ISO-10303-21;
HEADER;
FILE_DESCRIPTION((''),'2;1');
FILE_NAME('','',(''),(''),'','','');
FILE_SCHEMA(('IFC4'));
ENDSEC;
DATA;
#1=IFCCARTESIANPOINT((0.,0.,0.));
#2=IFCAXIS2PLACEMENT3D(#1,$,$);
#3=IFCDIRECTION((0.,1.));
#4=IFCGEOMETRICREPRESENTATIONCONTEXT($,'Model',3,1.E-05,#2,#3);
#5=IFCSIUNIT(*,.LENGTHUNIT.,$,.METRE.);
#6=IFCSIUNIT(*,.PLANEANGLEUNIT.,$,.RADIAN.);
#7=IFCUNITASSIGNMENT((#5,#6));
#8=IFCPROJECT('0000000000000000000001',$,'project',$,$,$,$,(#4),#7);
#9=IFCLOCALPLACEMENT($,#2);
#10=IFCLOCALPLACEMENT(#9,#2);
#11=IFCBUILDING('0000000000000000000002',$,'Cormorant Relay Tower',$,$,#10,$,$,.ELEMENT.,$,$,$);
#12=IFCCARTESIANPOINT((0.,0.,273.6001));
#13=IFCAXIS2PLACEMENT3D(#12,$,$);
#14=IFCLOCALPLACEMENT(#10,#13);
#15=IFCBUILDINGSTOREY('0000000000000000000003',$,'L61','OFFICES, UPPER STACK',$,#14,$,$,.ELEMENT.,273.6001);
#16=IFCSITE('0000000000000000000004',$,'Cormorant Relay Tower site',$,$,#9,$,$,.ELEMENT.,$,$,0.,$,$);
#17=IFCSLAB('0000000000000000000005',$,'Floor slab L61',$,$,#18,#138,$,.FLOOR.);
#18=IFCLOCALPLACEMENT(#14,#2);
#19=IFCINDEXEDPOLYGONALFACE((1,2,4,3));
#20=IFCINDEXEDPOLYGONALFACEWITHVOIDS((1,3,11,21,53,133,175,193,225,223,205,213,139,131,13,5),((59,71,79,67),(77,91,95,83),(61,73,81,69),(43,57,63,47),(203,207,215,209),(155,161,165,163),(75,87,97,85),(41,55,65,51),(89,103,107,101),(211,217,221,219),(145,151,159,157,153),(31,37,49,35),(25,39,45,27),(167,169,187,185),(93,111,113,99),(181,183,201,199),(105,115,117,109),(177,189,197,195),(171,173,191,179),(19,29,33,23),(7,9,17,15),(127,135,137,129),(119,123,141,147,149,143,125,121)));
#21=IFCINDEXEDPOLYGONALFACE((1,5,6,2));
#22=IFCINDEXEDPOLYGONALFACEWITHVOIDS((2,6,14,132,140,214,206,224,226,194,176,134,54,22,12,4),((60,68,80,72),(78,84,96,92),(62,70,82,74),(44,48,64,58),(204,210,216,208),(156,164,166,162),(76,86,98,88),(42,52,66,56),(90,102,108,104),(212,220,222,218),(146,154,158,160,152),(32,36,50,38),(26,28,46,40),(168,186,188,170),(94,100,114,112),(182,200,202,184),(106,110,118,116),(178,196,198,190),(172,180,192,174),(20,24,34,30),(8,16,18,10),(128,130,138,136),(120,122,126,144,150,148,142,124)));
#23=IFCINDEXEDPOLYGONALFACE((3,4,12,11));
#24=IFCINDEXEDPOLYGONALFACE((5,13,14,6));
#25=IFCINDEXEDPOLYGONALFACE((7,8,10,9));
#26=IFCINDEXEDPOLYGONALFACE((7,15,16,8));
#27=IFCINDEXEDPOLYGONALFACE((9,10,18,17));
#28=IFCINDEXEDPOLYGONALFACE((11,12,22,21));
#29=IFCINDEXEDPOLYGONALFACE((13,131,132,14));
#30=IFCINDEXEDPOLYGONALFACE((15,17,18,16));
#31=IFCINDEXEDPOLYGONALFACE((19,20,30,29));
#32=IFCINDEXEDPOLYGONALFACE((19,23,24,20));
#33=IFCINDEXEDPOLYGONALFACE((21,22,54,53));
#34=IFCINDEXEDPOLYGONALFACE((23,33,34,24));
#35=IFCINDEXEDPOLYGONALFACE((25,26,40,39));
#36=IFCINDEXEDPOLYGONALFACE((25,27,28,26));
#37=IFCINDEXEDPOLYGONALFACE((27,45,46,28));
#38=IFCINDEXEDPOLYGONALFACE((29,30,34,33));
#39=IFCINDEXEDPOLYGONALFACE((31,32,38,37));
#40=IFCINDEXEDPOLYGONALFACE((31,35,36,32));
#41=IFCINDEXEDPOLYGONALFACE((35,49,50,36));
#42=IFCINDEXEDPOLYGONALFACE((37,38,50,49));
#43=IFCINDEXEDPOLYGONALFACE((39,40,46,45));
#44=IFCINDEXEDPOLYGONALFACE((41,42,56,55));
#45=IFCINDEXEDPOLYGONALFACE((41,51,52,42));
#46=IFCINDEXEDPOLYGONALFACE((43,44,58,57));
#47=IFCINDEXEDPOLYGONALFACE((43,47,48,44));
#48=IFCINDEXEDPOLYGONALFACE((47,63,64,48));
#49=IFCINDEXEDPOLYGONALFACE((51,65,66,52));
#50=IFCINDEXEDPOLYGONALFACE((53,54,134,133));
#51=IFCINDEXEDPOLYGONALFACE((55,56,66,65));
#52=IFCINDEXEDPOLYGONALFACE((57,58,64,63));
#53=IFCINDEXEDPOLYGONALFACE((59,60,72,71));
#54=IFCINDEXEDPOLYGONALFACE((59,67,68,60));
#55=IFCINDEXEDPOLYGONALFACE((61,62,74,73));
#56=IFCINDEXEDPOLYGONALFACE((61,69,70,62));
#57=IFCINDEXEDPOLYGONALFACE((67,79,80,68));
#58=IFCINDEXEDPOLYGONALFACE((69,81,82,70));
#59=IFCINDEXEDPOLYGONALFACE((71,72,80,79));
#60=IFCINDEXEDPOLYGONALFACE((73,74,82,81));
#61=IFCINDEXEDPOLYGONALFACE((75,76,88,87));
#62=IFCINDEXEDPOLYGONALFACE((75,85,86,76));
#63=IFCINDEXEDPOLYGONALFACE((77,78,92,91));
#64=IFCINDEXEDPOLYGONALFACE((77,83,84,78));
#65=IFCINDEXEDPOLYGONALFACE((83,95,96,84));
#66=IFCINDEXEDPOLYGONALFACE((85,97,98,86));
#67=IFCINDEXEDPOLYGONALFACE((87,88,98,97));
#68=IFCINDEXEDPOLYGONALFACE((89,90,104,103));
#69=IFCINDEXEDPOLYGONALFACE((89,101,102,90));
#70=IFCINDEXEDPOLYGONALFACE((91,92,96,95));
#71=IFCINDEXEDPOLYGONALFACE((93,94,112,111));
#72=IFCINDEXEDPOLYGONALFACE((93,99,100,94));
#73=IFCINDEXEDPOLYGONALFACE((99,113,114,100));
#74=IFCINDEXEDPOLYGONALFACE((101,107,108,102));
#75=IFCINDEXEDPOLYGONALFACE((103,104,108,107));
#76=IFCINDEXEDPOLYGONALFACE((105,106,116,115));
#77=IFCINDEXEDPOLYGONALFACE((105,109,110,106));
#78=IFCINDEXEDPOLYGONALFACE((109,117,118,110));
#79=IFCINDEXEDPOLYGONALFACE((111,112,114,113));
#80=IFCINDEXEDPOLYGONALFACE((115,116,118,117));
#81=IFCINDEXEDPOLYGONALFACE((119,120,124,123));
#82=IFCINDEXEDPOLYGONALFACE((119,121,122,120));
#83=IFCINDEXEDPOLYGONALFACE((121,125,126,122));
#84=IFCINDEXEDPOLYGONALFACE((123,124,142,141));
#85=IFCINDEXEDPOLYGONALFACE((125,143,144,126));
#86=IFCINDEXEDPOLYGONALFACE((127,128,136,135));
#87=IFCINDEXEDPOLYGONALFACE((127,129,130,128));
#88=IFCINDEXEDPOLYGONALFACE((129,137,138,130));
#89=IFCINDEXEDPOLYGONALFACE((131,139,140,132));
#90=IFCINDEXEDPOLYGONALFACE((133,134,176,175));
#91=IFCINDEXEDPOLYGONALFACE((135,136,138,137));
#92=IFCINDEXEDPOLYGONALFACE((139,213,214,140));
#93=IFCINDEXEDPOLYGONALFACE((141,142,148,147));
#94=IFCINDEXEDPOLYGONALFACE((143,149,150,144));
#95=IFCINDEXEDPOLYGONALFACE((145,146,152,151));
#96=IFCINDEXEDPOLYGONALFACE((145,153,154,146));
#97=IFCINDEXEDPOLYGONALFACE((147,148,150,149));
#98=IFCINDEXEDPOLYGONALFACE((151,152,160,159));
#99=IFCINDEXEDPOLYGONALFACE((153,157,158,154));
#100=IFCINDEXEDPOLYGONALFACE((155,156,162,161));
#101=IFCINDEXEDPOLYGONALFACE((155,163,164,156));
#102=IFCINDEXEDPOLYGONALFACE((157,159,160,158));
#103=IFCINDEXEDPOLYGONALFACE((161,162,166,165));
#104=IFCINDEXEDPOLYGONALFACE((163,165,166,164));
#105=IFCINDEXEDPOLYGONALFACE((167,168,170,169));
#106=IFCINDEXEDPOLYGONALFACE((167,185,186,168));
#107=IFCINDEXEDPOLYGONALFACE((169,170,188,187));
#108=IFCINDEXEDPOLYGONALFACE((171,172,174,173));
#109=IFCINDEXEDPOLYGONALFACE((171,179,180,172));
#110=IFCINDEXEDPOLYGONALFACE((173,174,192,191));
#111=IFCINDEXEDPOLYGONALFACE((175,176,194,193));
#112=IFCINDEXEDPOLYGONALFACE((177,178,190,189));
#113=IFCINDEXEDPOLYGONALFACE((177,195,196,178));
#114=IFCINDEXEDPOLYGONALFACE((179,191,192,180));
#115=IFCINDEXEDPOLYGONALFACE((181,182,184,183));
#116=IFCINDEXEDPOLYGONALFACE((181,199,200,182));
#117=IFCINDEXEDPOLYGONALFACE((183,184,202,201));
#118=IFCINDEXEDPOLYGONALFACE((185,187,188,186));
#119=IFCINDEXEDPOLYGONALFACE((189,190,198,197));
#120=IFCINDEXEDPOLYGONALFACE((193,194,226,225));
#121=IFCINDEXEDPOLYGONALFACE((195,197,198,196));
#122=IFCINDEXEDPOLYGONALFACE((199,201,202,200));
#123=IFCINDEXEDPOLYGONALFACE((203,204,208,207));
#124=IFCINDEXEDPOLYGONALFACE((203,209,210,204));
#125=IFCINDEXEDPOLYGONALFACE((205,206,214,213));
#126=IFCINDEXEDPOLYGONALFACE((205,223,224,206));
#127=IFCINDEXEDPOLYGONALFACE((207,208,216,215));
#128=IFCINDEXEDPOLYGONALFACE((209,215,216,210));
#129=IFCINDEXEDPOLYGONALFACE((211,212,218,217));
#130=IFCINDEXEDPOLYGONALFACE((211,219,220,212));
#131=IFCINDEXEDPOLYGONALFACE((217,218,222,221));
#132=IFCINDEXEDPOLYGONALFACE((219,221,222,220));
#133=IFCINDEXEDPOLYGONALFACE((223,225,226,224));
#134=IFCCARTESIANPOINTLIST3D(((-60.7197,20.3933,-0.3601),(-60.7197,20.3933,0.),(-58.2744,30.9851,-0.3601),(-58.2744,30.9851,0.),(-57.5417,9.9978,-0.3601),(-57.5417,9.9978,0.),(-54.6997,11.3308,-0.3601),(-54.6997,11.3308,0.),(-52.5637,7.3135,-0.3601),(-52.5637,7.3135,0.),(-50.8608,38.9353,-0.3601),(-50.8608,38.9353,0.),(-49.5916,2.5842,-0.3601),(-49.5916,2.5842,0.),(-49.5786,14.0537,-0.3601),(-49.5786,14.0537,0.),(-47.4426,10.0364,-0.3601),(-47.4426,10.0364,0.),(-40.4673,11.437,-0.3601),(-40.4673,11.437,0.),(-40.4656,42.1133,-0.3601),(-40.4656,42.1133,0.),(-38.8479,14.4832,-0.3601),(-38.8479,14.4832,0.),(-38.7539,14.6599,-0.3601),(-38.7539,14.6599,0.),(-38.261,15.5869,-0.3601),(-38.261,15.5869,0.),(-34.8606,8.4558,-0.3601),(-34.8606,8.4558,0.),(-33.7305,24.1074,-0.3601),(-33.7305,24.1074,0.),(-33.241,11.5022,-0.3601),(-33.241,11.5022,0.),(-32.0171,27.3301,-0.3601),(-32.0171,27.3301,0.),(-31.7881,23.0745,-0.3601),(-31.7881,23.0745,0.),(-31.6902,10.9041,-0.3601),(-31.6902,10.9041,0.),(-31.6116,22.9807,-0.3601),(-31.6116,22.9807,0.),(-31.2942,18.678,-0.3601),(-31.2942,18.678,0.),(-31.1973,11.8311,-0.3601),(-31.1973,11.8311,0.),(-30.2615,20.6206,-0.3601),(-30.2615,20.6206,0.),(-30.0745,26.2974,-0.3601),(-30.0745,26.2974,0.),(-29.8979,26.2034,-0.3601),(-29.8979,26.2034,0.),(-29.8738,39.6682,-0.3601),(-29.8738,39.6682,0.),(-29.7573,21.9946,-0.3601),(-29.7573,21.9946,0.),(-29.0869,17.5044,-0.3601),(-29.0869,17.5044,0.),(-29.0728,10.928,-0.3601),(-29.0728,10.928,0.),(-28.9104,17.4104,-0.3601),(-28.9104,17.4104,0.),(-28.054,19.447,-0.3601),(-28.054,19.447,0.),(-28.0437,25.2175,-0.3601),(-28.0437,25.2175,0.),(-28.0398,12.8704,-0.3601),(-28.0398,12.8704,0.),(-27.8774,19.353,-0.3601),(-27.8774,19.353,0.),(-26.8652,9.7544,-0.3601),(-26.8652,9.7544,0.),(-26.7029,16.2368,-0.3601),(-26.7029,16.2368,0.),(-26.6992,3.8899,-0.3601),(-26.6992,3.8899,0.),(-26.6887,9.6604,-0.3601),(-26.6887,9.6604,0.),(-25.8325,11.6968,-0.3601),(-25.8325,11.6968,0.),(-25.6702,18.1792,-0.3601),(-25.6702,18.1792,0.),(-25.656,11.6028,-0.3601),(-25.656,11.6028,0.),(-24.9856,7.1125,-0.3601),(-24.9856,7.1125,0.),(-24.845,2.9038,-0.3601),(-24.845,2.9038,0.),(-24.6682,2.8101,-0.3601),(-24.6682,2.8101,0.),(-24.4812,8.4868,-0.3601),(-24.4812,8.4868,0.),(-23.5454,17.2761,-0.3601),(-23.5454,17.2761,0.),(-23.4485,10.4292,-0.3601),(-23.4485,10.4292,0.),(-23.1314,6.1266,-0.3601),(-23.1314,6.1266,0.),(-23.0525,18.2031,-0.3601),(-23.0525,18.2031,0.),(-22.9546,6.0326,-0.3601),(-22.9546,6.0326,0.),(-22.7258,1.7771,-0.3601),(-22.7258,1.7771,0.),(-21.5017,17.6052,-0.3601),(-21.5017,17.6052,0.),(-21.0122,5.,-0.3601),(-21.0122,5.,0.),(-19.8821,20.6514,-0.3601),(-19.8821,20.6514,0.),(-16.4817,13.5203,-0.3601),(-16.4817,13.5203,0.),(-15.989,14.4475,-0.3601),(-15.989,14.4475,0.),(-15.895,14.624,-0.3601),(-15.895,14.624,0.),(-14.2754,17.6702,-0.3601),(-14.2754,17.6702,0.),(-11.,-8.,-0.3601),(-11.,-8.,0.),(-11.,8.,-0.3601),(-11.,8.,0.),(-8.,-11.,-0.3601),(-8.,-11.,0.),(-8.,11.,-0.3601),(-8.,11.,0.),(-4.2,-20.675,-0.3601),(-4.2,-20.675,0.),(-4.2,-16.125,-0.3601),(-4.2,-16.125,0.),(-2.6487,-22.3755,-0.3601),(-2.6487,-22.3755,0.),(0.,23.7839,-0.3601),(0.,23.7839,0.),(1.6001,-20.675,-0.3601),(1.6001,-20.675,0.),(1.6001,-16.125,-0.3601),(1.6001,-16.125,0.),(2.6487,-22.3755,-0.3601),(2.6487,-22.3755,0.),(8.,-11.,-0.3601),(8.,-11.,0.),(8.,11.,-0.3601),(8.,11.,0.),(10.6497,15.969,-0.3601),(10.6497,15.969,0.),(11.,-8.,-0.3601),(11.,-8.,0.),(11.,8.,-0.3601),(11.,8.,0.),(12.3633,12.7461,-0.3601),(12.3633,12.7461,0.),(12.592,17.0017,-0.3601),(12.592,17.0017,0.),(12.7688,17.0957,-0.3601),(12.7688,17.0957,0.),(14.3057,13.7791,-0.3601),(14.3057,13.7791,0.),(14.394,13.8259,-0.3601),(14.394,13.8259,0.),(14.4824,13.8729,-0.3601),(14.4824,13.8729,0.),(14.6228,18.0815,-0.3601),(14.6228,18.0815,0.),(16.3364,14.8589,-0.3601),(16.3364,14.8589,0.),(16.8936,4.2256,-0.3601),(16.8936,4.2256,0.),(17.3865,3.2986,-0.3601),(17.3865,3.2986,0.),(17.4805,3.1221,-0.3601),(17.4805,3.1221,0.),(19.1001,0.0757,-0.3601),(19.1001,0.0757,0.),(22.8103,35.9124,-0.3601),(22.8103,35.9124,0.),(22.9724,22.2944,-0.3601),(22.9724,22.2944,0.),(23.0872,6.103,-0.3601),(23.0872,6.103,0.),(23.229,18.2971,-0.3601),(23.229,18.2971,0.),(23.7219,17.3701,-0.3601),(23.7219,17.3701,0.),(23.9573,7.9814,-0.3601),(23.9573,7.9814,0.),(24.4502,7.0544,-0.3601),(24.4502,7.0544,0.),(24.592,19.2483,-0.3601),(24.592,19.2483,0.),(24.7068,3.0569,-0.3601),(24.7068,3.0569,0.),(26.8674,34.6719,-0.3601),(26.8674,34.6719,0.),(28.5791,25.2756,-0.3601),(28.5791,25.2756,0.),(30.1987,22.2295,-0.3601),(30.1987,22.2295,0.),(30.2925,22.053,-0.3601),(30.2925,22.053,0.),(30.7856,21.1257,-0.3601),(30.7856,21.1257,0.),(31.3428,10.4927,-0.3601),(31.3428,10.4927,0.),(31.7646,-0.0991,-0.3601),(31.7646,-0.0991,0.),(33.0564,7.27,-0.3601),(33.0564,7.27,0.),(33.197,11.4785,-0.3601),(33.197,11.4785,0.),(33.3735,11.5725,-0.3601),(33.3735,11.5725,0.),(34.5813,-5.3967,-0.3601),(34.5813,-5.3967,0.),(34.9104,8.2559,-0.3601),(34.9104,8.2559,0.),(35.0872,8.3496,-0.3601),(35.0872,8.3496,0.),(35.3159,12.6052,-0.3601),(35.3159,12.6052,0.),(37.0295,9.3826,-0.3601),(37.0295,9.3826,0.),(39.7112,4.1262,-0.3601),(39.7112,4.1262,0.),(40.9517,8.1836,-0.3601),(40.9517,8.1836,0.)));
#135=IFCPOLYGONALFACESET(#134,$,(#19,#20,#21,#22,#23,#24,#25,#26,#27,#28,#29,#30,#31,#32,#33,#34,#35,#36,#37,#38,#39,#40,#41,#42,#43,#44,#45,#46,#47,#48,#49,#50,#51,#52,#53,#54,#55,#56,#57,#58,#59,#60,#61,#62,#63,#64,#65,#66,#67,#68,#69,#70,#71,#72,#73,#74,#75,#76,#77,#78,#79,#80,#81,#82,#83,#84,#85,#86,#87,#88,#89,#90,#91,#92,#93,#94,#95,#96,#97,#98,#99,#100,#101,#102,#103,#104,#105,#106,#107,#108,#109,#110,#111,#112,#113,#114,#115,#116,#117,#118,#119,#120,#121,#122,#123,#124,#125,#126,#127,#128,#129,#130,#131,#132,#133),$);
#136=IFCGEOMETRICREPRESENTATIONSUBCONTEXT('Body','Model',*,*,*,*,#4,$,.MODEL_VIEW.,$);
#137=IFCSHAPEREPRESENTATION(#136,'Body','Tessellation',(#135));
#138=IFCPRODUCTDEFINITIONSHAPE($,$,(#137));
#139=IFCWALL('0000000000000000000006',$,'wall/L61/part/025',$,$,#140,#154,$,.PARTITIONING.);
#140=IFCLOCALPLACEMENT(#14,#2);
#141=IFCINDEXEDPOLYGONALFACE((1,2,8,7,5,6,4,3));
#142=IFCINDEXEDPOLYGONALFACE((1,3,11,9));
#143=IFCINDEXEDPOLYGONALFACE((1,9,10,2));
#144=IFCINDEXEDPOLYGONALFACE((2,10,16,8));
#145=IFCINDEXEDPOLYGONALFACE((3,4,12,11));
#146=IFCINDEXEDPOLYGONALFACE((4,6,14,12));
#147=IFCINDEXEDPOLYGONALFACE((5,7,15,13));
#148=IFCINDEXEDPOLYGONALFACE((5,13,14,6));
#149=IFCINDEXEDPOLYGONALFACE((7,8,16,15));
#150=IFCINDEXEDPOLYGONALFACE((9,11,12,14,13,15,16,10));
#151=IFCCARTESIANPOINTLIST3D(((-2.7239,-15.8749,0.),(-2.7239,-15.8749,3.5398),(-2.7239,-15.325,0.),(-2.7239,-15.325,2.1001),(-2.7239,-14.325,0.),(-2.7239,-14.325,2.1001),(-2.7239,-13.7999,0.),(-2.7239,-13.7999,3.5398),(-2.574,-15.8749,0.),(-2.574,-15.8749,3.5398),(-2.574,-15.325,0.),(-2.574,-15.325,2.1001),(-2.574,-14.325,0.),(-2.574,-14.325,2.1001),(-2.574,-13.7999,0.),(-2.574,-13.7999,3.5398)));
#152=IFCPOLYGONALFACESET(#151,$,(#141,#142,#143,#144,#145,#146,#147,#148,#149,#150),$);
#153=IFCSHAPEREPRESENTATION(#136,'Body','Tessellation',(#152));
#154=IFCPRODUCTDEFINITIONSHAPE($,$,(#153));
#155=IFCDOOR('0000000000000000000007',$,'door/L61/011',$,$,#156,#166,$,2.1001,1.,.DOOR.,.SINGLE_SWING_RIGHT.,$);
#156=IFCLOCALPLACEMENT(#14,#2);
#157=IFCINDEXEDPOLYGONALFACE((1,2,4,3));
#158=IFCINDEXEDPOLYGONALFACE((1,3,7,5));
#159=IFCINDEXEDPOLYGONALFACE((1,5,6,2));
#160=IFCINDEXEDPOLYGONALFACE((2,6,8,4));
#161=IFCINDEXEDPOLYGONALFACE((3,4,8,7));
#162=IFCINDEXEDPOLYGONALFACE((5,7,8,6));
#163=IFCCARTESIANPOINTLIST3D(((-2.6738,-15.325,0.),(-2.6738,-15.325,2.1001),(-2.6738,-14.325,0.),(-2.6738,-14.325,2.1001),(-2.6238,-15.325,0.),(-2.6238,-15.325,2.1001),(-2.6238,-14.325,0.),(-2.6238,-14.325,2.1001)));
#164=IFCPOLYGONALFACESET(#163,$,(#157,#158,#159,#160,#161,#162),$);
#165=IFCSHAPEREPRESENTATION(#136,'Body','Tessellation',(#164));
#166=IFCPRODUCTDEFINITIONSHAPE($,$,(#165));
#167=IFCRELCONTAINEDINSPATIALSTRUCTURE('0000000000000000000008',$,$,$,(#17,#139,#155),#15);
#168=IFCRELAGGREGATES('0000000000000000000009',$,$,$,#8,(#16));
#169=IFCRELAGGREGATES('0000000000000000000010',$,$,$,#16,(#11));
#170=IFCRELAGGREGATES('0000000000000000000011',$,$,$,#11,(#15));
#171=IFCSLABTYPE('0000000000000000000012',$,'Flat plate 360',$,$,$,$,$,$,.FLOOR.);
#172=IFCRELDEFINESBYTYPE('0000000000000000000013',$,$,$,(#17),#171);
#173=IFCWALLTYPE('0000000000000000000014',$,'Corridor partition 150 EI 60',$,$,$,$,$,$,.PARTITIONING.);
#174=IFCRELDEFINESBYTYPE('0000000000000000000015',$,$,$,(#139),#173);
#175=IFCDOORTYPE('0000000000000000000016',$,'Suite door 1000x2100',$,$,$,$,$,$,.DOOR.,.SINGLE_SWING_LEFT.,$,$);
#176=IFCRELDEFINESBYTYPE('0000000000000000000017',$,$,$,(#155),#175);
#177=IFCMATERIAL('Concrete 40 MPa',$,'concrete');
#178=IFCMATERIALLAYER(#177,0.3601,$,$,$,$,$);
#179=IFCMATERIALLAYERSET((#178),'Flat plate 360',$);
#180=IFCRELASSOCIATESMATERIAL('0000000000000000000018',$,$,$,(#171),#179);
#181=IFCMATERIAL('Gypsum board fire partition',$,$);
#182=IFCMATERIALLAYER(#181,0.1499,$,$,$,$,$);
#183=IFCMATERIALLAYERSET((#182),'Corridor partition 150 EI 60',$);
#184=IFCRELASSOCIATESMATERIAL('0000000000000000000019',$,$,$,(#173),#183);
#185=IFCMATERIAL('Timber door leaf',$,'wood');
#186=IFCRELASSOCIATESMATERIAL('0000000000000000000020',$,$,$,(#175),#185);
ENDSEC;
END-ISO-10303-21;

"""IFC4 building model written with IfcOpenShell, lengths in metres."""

from ifc_helpers import new_model, si_unit, direction, frame, frame_2d, origin, place, context, subcontext, project, spatial, polyline, rectangle, outline, extrude, material, layer, layer_set, type_object, element, fill, save


model = new_model("IFC4")

# Units and contexts
model_context = context("Model", 3, precision=1e-05, world=origin(), true_north=direction((0.0, 1.0)))
body_context = subcontext(model_context, "Body", "Model", "MODEL_VIEW")
ifc_project = project(units=[si_unit("LENGTHUNIT", "METRE"), si_unit("PLANEANGLEUNIT", "RADIAN")], contexts=[model_context])

# Site, building, storey
site_placement = place(None, origin())
site = spatial("IfcSite", under=ifc_project, at=site_placement, Name="Cormorant Relay Tower site", CompositionType="ELEMENT", RefElevation=0.0)
building_placement = place(site_placement, origin())
building = spatial("IfcBuilding", under=site, at=building_placement, Name="Cormorant Relay Tower", CompositionType="ELEMENT")
storey_placement = place(building_placement, frame((0.0, 0.0, 273.6001)))
storey = spatial("IfcBuildingStorey", under=building, at=storey_placement, Name="L61", Description="OFFICES, UPPER STACK", CompositionType="ELEMENT", Elevation=273.6001)

# Slab
ifc_material_1 = material(Name="Concrete 40 MPa", Category="concrete")
ifc_layer_1 = layer(ifc_material_1, 0.3601)
ifc_layer_set_1 = layer_set([ifc_layer_1], Name="Flat plate 360")
slab_type_1 = type_object("IfcSlabType", Name="Flat plate 360", PredefinedType="FLOOR", material=ifc_layer_set_1)
slab_1_placement = place(storey_placement, frame((0.0, 0.0, -0.3601)))
element("IfcSlab", 1, at=slab_1_placement, inside=storey, type_object=slab_type_1, Name="Floor slab L61", PredefinedType="FLOOR", context=body_context, shape_type="SweptSolid", body=[
    extrude(outline(polyline([(-60.7197, 20.3933), (-58.2744, 30.9851), (-50.8608, 38.9353), (-40.4656, 42.1133), (-29.8738, 39.6682), (0.0, 23.7839), (22.8103, 35.9124), (26.8674, 34.6719), (40.9517, 8.1836), (39.7112, 4.1262), (31.7646, -0.0991), (34.5813, -5.3967), (2.6487, -22.3755), (-2.6487, -22.3755), (-49.5916, 2.5842), (-57.5417, 9.9978), (-60.7197, 20.3933)]), holes=[polyline([(11.0, -8.0), (11.0, 8.0), (8.0, 11.0), (-8.0, 11.0), (-11.0, 8.0), (-11.0, -8.0), (-8.0, -11.0), (8.0, -11.0), (11.0, -8.0)]), polyline([(-22.9546, 6.0327), (-24.6682, 2.8101), (-22.7258, 1.7771), (-21.0122, 5.0), (-23.043, 6.0796), (-22.9546, 6.0327)]), polyline([(-24.9856, 7.1125), (-26.6992, 3.8899), (-24.845, 2.9038), (-23.1313, 6.1267), (-23.043, 6.0796), (-24.9856, 7.1125)]), polyline([(-26.6887, 9.6604), (-24.4812, 8.4868), (-23.4485, 10.4292), (-25.656, 11.6028), (-26.6887, 9.6604)]), polyline([(-49.5786, 14.0537), (-54.6997, 11.3308), (-52.5637, 7.3135), (-47.4426, 10.0364), (-49.5786, 14.0537)]), polyline([(-28.0398, 12.8704), (-29.0728, 10.928), (-26.8652, 9.7544), (-25.8325, 11.6968), (-28.0398, 12.8704)]), polyline([(-38.8479, 14.4832), (-40.4673, 11.437), (-34.8606, 8.4558), (-33.241, 11.5022), (-38.8479, 14.4832)]), polyline([(-38.261, 15.5869), (-38.7539, 14.6599), (-31.6902, 10.9041), (-31.1973, 11.8311), (-38.261, 15.5869)]), polyline([(-25.6702, 18.1792), (-27.8774, 19.353), (-28.9104, 17.4104), (-26.7029, 16.2368), (-25.6702, 18.1792)]), polyline([(-30.2615, 20.6206), (-31.2942, 18.678), (-29.0869, 17.5044), (-28.054, 19.447), (-30.2615, 20.6206)]), polyline([(-31.6116, 22.9807), (-29.7573, 21.9946), (-28.0437, 25.2175), (-29.8979, 26.2034), (-31.6116, 22.9807)]), polyline([(-32.0171, 27.3301), (-33.7305, 24.1074), (-31.7881, 23.0745), (-30.0745, 26.2974), (-32.0171, 27.3301)]), polyline([(-4.2, -16.125), (-4.2, -20.675), (1.6001, -20.675), (1.6001, -16.125), (-4.2, -16.125)]), polyline([(17.4805, 3.1221), (19.1001, 0.0757), (24.7068, 3.0569), (23.0872, 6.103), (17.4805, 3.1221)]), polyline([(17.3865, 3.2986), (24.4502, 7.0544), (23.9573, 7.9814), (16.8936, 4.2256), (17.3865, 3.2986)]), polyline([(33.197, 11.4785), (31.3428, 10.4927), (33.0564, 7.27), (34.9104, 8.2559), (33.197, 11.4785)]), polyline([(33.3735, 11.5725), (35.0872, 8.3496), (37.0295, 9.3826), (35.3159, 12.6052), (33.3735, 11.5725)]), polyline([(14.3057, 13.7791), (12.592, 17.0017), (10.6497, 15.969), (12.3633, 12.7461), (14.394, 13.8259), (14.3057, 13.7791)]), polyline([(16.3364, 14.8589), (14.6228, 18.0815), (12.7688, 17.0957), (14.4824, 13.8728), (14.394, 13.8259), (16.3364, 14.8589)]), polyline([(-16.4817, 13.5203), (-15.989, 14.4475), (-23.0525, 18.2031), (-23.5454, 17.2761), (-16.4817, 13.5203)]), polyline([(-15.895, 14.624), (-14.2754, 17.6702), (-19.8821, 20.6514), (-21.5017, 17.6052), (-15.895, 14.624)]), polyline([(30.7856, 21.1257), (30.2925, 22.053), (23.229, 18.2971), (23.7219, 17.3701), (30.7856, 21.1257)]), polyline([(24.592, 19.2483), (30.1987, 22.2295), (28.5791, 25.2756), (22.9724, 22.2944), (24.592, 19.2483)])]), origin(), (0.0, 0.0, 1.0), 0.3601),
])

# Wall, opening, door
ifc_material_2 = material(Name="Gypsum board fire partition")
ifc_layer_2 = layer(ifc_material_2, 0.1499)
ifc_layer_set_2 = layer_set([ifc_layer_2], Name="Corridor partition 150 EI 60")
wall_type_1 = type_object("IfcWallType", Name="Corridor partition 150 EI 60", PredefinedType="PARTITIONING", material=ifc_layer_set_2)
wall_1_placement = place(storey_placement, frame((-2.6489, -15.875, 0.0), z_axis=(0.0, 0.0, 1.0), x_axis=(0.0, 1.0, 0.0)))
wall_1 = element("IfcWall", 2, at=wall_1_placement, inside=storey, type_object=wall_type_1, Name="wall/L61/part/025", PredefinedType="PARTITIONING", context=body_context, shape_type="SweptSolid", body=[
    extrude(rectangle(XDim=2.075, YDim=0.1499, at=frame_2d((1.0376, 0.0))), origin(), (0.0, 0.0, 1.0), 3.5398),
])
opening_1_placement = place(wall_1_placement, frame((0.55, 0.0, 0.0)))
opening_1 = element("IfcOpeningElement", 3, at=opening_1_placement, cuts=wall_1, PredefinedType="OPENING", context=body_context, shape_type="SweptSolid", body=[
    extrude(rectangle(XDim=1.0, YDim=2.1001, at=frame_2d((0.5, 1.05))), frame((0.0, 0.085, 0.0), z_axis=(0.0, -1.0, 0.0), x_axis=(1.0, 0.0, 0.0)), (0.0, 0.0, 1.0), 0.1699),
])
ifc_material_3 = material(Name="Timber door leaf", Category="wood")
door_type_1 = type_object("IfcDoorType", Name="Suite door 1000x2100", OperationType="SINGLE_SWING_LEFT", PredefinedType="DOOR", material=ifc_material_3)
door_1_placement = place(opening_1_placement, origin())
door_1 = element("IfcDoor", 4, at=door_1_placement, inside=storey, type_object=door_type_1, Name="door/L61/011", OperationType="SINGLE_SWING_RIGHT", OverallHeight=2.1001, OverallWidth=1.0, PredefinedType="DOOR", context=body_context, shape_type="SweptSolid", body=[
    extrude(rectangle(XDim=1.0, YDim=2.1001, at=frame_2d((0.5, 1.05))), frame((0.0, 0.0249, 0.0), z_axis=(0.0, -1.0, 0.0), x_axis=(1.0, 0.0, 0.0)), (0.0, 0.0, 1.0), 0.05),
])
fill(opening_1, door_1)

save(model, "model.ifc")
